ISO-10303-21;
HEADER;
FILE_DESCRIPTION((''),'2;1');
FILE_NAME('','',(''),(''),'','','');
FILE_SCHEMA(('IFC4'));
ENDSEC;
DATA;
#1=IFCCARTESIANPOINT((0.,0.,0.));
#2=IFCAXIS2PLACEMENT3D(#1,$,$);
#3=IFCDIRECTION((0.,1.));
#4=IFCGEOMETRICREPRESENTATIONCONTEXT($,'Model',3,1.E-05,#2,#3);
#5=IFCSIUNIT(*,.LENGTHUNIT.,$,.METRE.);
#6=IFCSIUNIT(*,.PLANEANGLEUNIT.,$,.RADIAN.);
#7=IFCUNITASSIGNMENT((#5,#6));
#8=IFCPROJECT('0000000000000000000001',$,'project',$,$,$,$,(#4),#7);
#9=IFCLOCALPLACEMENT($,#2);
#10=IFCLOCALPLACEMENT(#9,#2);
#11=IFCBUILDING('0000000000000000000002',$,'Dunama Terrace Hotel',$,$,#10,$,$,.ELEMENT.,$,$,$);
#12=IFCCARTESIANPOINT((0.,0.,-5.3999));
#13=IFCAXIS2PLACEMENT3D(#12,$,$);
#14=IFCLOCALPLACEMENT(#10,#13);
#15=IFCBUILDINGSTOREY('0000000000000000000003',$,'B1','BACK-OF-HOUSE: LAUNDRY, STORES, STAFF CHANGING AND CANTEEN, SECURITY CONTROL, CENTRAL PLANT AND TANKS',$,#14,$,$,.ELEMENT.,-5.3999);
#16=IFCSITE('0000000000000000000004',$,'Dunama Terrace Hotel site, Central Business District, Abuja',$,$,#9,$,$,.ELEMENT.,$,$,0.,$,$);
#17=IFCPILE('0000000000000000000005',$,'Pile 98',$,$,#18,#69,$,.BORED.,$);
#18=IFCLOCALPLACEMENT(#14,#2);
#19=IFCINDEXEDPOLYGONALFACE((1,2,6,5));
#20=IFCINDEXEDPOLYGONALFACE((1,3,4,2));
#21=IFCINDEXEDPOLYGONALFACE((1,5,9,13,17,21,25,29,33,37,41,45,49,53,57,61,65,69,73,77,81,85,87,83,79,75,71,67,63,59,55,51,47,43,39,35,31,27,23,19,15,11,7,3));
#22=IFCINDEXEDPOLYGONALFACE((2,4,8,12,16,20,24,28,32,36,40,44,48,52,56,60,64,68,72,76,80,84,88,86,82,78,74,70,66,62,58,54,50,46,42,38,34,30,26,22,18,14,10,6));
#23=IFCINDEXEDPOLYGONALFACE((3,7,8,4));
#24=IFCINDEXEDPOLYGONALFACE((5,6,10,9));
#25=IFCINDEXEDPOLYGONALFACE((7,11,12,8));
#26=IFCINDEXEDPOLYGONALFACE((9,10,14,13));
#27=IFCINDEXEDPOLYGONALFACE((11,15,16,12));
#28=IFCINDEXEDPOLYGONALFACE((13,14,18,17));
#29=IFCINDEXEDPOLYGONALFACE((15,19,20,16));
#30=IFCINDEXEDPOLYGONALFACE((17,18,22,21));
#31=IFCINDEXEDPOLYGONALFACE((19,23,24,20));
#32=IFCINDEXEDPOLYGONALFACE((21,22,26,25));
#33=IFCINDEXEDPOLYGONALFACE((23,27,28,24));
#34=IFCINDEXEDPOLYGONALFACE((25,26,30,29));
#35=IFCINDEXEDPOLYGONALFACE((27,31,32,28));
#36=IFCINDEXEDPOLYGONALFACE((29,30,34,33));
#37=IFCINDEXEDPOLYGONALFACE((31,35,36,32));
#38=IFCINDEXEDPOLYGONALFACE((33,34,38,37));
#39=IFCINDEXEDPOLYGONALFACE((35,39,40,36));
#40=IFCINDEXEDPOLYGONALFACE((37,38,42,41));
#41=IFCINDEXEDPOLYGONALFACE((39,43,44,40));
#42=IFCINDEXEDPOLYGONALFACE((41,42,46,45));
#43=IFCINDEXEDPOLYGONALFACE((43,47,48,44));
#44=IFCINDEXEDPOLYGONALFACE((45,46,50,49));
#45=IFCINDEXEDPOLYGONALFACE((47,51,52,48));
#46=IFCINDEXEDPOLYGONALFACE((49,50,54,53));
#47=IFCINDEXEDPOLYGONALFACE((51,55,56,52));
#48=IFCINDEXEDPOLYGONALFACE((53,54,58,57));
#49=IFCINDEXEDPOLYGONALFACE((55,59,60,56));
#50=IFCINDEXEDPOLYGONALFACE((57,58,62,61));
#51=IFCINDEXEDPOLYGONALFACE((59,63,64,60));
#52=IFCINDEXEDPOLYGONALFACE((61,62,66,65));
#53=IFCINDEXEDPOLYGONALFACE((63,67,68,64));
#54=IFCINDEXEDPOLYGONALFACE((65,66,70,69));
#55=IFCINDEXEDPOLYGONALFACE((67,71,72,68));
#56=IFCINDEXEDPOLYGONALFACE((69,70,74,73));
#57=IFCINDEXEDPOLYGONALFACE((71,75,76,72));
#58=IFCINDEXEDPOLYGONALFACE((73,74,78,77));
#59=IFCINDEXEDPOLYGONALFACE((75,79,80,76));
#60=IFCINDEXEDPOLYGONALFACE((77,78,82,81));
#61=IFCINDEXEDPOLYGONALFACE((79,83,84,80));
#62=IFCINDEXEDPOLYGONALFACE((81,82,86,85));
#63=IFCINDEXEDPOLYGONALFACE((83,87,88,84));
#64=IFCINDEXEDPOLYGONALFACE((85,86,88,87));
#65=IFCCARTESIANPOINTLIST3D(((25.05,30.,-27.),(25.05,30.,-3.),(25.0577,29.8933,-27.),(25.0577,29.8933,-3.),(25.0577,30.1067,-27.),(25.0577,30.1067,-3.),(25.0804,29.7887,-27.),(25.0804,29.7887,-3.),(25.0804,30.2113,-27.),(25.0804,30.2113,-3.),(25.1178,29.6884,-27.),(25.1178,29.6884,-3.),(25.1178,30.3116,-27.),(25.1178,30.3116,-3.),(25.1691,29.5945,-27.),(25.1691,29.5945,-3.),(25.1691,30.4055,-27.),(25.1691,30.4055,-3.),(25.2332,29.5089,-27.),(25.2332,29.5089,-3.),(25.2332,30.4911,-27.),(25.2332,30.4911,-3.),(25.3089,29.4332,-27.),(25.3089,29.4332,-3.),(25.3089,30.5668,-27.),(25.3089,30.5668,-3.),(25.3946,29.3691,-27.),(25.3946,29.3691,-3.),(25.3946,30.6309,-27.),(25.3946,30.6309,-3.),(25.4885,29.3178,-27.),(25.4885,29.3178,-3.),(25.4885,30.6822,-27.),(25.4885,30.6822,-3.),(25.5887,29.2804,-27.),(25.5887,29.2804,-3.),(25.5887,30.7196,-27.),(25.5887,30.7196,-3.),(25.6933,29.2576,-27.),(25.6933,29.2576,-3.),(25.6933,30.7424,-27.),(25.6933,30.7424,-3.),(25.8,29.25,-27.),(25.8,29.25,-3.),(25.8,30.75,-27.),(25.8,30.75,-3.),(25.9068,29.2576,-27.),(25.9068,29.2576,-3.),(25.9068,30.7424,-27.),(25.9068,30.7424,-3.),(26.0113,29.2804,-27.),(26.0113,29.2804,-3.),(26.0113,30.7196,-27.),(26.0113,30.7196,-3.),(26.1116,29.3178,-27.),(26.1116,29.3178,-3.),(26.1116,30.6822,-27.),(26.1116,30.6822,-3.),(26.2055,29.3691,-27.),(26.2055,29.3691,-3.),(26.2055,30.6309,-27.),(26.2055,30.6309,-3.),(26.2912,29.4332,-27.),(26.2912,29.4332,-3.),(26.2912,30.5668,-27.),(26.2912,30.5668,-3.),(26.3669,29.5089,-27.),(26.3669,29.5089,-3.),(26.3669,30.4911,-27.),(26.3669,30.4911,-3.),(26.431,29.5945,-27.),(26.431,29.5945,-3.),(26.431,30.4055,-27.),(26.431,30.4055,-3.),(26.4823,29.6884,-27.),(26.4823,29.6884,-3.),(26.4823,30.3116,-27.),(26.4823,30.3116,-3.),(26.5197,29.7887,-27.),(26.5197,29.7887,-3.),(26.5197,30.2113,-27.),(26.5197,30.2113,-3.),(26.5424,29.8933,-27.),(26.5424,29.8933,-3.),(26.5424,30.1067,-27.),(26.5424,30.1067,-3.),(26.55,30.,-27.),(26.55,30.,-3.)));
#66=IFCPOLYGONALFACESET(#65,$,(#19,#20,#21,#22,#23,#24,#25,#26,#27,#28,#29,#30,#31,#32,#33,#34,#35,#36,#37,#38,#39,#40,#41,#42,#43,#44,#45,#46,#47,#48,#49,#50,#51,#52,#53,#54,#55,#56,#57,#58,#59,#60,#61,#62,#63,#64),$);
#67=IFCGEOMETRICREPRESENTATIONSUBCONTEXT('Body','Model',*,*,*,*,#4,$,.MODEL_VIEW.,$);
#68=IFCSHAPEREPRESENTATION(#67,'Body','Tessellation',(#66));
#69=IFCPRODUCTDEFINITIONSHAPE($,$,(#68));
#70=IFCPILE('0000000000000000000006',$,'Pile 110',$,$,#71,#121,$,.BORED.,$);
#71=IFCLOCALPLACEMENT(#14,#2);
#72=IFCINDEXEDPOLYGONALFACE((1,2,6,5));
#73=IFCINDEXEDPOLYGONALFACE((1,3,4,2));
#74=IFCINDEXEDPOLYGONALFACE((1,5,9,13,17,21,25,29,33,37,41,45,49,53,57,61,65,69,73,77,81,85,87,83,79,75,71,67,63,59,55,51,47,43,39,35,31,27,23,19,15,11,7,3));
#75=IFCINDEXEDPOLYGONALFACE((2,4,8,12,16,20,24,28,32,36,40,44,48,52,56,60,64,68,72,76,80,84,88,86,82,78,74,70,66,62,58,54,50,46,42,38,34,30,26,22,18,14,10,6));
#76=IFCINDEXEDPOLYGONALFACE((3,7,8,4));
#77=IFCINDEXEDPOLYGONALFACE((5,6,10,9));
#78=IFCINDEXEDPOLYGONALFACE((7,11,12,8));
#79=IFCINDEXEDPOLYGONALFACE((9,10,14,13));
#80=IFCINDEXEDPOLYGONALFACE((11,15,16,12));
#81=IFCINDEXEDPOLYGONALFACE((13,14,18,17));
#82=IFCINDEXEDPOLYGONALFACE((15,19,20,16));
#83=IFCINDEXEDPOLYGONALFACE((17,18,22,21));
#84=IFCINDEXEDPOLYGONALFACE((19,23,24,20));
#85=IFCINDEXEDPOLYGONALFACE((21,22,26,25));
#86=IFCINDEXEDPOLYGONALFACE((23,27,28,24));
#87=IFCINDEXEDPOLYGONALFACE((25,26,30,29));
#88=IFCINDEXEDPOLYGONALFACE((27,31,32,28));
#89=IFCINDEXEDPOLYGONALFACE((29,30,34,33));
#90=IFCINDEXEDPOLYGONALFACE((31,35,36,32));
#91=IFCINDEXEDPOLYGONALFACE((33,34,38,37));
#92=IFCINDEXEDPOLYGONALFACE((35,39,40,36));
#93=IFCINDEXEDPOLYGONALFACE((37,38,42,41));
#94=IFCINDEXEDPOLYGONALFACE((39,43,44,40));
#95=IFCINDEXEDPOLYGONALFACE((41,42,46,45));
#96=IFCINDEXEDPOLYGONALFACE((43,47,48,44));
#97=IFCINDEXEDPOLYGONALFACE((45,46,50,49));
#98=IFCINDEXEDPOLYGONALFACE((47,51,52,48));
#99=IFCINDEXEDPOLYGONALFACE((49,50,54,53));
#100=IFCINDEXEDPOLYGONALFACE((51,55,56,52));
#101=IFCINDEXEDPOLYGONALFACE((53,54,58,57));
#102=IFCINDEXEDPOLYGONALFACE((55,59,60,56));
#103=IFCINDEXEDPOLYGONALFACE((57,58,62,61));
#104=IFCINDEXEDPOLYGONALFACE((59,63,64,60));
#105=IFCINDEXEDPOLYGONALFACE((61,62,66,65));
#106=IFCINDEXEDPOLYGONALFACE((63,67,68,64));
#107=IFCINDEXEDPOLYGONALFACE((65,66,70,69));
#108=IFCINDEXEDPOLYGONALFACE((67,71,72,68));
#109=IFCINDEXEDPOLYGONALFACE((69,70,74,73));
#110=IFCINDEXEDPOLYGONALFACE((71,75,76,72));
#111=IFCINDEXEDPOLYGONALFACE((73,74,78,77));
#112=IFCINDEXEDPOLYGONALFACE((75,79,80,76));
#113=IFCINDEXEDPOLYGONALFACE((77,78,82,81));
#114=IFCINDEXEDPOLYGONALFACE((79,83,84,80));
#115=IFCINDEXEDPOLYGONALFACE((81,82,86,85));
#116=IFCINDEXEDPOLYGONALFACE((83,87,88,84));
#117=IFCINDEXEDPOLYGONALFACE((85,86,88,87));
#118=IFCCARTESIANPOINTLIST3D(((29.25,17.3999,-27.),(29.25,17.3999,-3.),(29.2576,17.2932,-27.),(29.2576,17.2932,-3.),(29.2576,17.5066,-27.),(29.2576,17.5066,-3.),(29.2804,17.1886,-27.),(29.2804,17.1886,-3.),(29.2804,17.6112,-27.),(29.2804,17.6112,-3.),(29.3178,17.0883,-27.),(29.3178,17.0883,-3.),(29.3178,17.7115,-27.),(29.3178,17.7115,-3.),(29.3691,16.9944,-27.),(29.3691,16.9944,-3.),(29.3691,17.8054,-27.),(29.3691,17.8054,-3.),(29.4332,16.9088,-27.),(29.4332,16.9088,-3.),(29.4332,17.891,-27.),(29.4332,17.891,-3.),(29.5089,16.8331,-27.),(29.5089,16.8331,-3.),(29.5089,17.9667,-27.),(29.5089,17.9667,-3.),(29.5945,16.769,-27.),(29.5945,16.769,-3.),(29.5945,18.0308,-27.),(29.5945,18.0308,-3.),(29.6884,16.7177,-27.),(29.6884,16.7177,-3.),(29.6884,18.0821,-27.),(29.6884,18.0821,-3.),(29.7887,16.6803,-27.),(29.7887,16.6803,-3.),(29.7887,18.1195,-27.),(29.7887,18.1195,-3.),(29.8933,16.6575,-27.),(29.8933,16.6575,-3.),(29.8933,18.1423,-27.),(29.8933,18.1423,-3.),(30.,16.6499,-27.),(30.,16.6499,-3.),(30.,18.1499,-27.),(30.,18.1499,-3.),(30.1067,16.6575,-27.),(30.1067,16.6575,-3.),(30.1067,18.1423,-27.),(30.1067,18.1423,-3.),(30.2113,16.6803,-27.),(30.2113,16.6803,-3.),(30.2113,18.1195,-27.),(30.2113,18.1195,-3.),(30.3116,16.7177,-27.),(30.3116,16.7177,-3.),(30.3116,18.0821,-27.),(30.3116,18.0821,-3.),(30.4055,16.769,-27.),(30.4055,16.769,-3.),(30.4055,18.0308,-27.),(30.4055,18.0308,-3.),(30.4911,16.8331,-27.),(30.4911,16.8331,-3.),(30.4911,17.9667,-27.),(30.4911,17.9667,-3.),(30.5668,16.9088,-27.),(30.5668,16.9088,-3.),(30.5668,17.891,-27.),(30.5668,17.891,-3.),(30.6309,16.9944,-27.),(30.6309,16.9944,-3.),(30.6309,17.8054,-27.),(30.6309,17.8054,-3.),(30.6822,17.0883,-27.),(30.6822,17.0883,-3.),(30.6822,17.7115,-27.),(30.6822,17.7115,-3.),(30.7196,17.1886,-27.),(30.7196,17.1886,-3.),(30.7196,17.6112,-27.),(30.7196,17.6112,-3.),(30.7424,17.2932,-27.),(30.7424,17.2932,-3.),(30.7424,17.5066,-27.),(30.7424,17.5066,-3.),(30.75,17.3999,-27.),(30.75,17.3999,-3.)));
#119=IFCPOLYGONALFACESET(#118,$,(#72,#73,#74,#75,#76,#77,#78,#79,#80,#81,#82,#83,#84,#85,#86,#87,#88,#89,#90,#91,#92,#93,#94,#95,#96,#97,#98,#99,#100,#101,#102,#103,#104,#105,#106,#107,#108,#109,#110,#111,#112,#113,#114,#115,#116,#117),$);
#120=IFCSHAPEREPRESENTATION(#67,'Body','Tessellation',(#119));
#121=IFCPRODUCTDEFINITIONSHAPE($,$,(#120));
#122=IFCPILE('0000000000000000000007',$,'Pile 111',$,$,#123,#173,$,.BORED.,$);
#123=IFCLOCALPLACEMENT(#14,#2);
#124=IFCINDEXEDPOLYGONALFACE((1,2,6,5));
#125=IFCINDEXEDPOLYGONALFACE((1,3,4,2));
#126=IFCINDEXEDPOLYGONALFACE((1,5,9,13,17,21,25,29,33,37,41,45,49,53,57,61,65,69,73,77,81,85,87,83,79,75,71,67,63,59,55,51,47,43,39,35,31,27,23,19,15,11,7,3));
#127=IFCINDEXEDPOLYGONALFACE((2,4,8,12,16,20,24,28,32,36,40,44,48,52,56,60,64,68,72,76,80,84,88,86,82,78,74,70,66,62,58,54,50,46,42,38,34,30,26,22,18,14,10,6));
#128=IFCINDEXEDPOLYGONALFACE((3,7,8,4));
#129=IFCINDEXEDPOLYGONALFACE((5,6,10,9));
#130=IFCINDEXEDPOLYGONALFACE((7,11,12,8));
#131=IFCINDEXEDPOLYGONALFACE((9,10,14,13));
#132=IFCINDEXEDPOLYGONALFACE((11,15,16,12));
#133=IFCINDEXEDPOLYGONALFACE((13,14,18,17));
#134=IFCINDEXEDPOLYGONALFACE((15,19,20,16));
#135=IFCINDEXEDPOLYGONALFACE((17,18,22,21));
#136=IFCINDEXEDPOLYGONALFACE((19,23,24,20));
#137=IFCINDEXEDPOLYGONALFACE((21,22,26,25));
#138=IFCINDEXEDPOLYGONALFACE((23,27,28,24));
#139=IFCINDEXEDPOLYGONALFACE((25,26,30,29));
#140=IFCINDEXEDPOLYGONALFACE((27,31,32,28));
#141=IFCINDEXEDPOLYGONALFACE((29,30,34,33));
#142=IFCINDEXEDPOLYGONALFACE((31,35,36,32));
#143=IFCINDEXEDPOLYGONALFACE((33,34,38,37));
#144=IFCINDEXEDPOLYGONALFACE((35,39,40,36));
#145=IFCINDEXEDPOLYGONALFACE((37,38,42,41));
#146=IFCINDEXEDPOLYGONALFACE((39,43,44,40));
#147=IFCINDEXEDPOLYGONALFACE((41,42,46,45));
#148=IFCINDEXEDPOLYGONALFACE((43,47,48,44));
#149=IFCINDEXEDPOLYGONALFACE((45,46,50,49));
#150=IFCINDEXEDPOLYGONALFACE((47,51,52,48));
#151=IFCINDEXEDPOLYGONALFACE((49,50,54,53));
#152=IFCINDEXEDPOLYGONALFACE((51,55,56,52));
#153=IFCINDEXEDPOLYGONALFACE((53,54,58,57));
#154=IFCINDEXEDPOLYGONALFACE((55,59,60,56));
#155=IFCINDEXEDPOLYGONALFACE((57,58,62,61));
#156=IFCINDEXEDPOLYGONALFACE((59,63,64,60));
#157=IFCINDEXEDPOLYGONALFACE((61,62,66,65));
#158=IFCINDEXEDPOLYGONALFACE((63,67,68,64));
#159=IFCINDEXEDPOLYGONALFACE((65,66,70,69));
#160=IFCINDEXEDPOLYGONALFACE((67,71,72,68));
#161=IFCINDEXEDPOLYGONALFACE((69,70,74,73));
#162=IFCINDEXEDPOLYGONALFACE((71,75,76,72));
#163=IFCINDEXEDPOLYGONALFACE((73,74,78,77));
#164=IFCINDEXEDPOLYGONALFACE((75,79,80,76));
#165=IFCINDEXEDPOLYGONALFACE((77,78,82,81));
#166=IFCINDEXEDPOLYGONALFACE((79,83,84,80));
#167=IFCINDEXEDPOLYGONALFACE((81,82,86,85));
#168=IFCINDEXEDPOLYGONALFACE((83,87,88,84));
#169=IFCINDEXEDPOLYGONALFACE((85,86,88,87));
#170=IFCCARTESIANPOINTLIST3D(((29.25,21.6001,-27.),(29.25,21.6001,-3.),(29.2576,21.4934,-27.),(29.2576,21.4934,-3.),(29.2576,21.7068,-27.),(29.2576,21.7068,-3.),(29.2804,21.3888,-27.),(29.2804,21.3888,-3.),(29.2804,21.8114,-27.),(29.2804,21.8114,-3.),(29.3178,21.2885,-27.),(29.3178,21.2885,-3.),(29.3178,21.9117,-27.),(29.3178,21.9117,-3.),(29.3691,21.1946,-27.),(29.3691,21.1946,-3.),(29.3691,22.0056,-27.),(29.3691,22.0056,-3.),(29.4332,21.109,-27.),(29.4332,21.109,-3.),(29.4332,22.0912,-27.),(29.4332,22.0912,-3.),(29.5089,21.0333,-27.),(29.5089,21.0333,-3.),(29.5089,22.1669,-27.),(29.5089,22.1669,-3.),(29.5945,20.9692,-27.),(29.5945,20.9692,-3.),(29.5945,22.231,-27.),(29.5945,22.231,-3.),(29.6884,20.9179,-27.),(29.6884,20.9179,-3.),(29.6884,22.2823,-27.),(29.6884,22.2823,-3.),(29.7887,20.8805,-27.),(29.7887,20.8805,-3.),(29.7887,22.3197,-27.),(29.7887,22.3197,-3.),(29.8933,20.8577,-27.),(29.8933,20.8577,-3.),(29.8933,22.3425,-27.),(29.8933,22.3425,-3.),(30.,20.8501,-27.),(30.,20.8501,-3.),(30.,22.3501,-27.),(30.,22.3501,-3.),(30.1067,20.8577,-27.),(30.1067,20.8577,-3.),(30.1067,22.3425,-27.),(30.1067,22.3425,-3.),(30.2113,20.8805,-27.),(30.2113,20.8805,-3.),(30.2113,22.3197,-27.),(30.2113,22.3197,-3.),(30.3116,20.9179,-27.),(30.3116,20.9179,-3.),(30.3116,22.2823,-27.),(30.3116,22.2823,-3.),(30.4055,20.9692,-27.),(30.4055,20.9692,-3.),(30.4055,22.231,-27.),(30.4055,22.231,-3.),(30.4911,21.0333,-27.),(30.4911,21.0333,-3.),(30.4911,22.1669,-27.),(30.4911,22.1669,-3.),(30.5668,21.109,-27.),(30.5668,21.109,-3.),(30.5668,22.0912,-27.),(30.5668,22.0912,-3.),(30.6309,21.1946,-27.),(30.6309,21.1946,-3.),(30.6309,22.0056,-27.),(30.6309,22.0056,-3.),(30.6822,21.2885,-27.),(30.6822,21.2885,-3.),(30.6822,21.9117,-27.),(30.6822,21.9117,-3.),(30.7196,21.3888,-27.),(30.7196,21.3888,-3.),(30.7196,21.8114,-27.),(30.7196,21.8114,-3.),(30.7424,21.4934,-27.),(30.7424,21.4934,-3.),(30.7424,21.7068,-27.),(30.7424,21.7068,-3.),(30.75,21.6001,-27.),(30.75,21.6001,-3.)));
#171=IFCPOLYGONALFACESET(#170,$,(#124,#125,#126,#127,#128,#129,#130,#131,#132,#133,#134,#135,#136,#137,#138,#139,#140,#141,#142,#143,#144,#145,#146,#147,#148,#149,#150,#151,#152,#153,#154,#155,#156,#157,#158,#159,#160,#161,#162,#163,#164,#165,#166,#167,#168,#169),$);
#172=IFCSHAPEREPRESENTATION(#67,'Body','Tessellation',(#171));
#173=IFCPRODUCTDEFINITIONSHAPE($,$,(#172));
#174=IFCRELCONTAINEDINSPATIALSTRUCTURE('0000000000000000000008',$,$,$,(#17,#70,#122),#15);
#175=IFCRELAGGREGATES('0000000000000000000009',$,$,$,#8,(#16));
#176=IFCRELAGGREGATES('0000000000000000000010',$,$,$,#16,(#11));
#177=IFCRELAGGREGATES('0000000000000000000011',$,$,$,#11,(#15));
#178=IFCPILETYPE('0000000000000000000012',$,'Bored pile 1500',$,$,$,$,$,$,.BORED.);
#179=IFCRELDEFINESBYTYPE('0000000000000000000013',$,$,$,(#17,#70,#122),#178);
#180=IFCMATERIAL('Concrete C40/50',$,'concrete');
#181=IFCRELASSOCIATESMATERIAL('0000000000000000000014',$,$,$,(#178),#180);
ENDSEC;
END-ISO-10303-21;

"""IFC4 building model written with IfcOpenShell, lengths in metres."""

from ifc_helpers import new_model, si_unit, direction, frame, origin, origin_2d, place, context, subcontext, project, spatial, circle, extrude, material, material_profile, profile_set, type_object, element, save


model = new_model("IFC4")

# Units and contexts
model_context = context("Model", 3, precision=1e-05, world=origin(), true_north=direction((0.0, 1.0)))
body_context = subcontext(model_context, "Body", "Model", "MODEL_VIEW")
ifc_project = project(units=[si_unit("LENGTHUNIT", "METRE"), si_unit("PLANEANGLEUNIT", "RADIAN")], contexts=[model_context])

# Site, building, storey
site_placement = place(None, origin())
site = spatial("IfcSite", under=ifc_project, at=site_placement, Name="Dunama Terrace Hotel site, Central Business District, Abuja", CompositionType="ELEMENT", RefElevation=0.0)
building_placement = place(site_placement, origin())
building = spatial("IfcBuilding", under=site, at=building_placement, Name="Dunama Terrace Hotel", CompositionType="ELEMENT")
storey_placement = place(building_placement, frame((0.0, 0.0, -5.3999)))
storey = spatial("IfcBuildingStorey", under=building, at=storey_placement, Name="B1", Description="BACK-OF-HOUSE: LAUNDRY, STORES, STAFF CHANGING AND CANTEEN, SECURITY CONTROL, CENTRAL PLANT AND TANKS", CompositionType="ELEMENT", Elevation=-5.3999)

# Piles
ifc_material_1 = material(Name="Concrete C40/50", Category="concrete")
ifc_material_profile = material_profile(ifc_material_1, circle(Radius=0.75, at=origin_2d()), Name="PILE D1500")
ifc_profile_set = profile_set([ifc_material_profile], Name="Concrete C40/50")
pile_type = type_object("IfcPileType", Name="Bored pile 1500", PredefinedType="BORED", material=ifc_profile_set)
for number, where, z_axis, x_axis, name in (
    (1, (25.8, 30.0, -3.0), (0.0, 0.0, -1.0), (1.0, 0.0, 0.0), "Pile 98"),
    (2, (30.0, 17.3999, -3.0), (0.0, 0.0, -1.0), (1.0, 0.0, 0.0), "Pile 110"),
    (3, (30.0, 21.6001, -3.0), (0.0, 0.0, -1.0), (1.0, 0.0, 0.0), "Pile 111"),
):
    element("IfcPile", number, at=place(storey_placement, frame(where, z_axis=z_axis, x_axis=x_axis)), inside=storey, type_object=pile_type, Name=name, PredefinedType="BORED", context=body_context, shape_type="SweptSolid", body=[
        extrude(circle(Radius=0.75, at=origin_2d()), origin(), (0.0, 0.0, 1.0), 24.0),
    ])

save(model, "model.ifc")
